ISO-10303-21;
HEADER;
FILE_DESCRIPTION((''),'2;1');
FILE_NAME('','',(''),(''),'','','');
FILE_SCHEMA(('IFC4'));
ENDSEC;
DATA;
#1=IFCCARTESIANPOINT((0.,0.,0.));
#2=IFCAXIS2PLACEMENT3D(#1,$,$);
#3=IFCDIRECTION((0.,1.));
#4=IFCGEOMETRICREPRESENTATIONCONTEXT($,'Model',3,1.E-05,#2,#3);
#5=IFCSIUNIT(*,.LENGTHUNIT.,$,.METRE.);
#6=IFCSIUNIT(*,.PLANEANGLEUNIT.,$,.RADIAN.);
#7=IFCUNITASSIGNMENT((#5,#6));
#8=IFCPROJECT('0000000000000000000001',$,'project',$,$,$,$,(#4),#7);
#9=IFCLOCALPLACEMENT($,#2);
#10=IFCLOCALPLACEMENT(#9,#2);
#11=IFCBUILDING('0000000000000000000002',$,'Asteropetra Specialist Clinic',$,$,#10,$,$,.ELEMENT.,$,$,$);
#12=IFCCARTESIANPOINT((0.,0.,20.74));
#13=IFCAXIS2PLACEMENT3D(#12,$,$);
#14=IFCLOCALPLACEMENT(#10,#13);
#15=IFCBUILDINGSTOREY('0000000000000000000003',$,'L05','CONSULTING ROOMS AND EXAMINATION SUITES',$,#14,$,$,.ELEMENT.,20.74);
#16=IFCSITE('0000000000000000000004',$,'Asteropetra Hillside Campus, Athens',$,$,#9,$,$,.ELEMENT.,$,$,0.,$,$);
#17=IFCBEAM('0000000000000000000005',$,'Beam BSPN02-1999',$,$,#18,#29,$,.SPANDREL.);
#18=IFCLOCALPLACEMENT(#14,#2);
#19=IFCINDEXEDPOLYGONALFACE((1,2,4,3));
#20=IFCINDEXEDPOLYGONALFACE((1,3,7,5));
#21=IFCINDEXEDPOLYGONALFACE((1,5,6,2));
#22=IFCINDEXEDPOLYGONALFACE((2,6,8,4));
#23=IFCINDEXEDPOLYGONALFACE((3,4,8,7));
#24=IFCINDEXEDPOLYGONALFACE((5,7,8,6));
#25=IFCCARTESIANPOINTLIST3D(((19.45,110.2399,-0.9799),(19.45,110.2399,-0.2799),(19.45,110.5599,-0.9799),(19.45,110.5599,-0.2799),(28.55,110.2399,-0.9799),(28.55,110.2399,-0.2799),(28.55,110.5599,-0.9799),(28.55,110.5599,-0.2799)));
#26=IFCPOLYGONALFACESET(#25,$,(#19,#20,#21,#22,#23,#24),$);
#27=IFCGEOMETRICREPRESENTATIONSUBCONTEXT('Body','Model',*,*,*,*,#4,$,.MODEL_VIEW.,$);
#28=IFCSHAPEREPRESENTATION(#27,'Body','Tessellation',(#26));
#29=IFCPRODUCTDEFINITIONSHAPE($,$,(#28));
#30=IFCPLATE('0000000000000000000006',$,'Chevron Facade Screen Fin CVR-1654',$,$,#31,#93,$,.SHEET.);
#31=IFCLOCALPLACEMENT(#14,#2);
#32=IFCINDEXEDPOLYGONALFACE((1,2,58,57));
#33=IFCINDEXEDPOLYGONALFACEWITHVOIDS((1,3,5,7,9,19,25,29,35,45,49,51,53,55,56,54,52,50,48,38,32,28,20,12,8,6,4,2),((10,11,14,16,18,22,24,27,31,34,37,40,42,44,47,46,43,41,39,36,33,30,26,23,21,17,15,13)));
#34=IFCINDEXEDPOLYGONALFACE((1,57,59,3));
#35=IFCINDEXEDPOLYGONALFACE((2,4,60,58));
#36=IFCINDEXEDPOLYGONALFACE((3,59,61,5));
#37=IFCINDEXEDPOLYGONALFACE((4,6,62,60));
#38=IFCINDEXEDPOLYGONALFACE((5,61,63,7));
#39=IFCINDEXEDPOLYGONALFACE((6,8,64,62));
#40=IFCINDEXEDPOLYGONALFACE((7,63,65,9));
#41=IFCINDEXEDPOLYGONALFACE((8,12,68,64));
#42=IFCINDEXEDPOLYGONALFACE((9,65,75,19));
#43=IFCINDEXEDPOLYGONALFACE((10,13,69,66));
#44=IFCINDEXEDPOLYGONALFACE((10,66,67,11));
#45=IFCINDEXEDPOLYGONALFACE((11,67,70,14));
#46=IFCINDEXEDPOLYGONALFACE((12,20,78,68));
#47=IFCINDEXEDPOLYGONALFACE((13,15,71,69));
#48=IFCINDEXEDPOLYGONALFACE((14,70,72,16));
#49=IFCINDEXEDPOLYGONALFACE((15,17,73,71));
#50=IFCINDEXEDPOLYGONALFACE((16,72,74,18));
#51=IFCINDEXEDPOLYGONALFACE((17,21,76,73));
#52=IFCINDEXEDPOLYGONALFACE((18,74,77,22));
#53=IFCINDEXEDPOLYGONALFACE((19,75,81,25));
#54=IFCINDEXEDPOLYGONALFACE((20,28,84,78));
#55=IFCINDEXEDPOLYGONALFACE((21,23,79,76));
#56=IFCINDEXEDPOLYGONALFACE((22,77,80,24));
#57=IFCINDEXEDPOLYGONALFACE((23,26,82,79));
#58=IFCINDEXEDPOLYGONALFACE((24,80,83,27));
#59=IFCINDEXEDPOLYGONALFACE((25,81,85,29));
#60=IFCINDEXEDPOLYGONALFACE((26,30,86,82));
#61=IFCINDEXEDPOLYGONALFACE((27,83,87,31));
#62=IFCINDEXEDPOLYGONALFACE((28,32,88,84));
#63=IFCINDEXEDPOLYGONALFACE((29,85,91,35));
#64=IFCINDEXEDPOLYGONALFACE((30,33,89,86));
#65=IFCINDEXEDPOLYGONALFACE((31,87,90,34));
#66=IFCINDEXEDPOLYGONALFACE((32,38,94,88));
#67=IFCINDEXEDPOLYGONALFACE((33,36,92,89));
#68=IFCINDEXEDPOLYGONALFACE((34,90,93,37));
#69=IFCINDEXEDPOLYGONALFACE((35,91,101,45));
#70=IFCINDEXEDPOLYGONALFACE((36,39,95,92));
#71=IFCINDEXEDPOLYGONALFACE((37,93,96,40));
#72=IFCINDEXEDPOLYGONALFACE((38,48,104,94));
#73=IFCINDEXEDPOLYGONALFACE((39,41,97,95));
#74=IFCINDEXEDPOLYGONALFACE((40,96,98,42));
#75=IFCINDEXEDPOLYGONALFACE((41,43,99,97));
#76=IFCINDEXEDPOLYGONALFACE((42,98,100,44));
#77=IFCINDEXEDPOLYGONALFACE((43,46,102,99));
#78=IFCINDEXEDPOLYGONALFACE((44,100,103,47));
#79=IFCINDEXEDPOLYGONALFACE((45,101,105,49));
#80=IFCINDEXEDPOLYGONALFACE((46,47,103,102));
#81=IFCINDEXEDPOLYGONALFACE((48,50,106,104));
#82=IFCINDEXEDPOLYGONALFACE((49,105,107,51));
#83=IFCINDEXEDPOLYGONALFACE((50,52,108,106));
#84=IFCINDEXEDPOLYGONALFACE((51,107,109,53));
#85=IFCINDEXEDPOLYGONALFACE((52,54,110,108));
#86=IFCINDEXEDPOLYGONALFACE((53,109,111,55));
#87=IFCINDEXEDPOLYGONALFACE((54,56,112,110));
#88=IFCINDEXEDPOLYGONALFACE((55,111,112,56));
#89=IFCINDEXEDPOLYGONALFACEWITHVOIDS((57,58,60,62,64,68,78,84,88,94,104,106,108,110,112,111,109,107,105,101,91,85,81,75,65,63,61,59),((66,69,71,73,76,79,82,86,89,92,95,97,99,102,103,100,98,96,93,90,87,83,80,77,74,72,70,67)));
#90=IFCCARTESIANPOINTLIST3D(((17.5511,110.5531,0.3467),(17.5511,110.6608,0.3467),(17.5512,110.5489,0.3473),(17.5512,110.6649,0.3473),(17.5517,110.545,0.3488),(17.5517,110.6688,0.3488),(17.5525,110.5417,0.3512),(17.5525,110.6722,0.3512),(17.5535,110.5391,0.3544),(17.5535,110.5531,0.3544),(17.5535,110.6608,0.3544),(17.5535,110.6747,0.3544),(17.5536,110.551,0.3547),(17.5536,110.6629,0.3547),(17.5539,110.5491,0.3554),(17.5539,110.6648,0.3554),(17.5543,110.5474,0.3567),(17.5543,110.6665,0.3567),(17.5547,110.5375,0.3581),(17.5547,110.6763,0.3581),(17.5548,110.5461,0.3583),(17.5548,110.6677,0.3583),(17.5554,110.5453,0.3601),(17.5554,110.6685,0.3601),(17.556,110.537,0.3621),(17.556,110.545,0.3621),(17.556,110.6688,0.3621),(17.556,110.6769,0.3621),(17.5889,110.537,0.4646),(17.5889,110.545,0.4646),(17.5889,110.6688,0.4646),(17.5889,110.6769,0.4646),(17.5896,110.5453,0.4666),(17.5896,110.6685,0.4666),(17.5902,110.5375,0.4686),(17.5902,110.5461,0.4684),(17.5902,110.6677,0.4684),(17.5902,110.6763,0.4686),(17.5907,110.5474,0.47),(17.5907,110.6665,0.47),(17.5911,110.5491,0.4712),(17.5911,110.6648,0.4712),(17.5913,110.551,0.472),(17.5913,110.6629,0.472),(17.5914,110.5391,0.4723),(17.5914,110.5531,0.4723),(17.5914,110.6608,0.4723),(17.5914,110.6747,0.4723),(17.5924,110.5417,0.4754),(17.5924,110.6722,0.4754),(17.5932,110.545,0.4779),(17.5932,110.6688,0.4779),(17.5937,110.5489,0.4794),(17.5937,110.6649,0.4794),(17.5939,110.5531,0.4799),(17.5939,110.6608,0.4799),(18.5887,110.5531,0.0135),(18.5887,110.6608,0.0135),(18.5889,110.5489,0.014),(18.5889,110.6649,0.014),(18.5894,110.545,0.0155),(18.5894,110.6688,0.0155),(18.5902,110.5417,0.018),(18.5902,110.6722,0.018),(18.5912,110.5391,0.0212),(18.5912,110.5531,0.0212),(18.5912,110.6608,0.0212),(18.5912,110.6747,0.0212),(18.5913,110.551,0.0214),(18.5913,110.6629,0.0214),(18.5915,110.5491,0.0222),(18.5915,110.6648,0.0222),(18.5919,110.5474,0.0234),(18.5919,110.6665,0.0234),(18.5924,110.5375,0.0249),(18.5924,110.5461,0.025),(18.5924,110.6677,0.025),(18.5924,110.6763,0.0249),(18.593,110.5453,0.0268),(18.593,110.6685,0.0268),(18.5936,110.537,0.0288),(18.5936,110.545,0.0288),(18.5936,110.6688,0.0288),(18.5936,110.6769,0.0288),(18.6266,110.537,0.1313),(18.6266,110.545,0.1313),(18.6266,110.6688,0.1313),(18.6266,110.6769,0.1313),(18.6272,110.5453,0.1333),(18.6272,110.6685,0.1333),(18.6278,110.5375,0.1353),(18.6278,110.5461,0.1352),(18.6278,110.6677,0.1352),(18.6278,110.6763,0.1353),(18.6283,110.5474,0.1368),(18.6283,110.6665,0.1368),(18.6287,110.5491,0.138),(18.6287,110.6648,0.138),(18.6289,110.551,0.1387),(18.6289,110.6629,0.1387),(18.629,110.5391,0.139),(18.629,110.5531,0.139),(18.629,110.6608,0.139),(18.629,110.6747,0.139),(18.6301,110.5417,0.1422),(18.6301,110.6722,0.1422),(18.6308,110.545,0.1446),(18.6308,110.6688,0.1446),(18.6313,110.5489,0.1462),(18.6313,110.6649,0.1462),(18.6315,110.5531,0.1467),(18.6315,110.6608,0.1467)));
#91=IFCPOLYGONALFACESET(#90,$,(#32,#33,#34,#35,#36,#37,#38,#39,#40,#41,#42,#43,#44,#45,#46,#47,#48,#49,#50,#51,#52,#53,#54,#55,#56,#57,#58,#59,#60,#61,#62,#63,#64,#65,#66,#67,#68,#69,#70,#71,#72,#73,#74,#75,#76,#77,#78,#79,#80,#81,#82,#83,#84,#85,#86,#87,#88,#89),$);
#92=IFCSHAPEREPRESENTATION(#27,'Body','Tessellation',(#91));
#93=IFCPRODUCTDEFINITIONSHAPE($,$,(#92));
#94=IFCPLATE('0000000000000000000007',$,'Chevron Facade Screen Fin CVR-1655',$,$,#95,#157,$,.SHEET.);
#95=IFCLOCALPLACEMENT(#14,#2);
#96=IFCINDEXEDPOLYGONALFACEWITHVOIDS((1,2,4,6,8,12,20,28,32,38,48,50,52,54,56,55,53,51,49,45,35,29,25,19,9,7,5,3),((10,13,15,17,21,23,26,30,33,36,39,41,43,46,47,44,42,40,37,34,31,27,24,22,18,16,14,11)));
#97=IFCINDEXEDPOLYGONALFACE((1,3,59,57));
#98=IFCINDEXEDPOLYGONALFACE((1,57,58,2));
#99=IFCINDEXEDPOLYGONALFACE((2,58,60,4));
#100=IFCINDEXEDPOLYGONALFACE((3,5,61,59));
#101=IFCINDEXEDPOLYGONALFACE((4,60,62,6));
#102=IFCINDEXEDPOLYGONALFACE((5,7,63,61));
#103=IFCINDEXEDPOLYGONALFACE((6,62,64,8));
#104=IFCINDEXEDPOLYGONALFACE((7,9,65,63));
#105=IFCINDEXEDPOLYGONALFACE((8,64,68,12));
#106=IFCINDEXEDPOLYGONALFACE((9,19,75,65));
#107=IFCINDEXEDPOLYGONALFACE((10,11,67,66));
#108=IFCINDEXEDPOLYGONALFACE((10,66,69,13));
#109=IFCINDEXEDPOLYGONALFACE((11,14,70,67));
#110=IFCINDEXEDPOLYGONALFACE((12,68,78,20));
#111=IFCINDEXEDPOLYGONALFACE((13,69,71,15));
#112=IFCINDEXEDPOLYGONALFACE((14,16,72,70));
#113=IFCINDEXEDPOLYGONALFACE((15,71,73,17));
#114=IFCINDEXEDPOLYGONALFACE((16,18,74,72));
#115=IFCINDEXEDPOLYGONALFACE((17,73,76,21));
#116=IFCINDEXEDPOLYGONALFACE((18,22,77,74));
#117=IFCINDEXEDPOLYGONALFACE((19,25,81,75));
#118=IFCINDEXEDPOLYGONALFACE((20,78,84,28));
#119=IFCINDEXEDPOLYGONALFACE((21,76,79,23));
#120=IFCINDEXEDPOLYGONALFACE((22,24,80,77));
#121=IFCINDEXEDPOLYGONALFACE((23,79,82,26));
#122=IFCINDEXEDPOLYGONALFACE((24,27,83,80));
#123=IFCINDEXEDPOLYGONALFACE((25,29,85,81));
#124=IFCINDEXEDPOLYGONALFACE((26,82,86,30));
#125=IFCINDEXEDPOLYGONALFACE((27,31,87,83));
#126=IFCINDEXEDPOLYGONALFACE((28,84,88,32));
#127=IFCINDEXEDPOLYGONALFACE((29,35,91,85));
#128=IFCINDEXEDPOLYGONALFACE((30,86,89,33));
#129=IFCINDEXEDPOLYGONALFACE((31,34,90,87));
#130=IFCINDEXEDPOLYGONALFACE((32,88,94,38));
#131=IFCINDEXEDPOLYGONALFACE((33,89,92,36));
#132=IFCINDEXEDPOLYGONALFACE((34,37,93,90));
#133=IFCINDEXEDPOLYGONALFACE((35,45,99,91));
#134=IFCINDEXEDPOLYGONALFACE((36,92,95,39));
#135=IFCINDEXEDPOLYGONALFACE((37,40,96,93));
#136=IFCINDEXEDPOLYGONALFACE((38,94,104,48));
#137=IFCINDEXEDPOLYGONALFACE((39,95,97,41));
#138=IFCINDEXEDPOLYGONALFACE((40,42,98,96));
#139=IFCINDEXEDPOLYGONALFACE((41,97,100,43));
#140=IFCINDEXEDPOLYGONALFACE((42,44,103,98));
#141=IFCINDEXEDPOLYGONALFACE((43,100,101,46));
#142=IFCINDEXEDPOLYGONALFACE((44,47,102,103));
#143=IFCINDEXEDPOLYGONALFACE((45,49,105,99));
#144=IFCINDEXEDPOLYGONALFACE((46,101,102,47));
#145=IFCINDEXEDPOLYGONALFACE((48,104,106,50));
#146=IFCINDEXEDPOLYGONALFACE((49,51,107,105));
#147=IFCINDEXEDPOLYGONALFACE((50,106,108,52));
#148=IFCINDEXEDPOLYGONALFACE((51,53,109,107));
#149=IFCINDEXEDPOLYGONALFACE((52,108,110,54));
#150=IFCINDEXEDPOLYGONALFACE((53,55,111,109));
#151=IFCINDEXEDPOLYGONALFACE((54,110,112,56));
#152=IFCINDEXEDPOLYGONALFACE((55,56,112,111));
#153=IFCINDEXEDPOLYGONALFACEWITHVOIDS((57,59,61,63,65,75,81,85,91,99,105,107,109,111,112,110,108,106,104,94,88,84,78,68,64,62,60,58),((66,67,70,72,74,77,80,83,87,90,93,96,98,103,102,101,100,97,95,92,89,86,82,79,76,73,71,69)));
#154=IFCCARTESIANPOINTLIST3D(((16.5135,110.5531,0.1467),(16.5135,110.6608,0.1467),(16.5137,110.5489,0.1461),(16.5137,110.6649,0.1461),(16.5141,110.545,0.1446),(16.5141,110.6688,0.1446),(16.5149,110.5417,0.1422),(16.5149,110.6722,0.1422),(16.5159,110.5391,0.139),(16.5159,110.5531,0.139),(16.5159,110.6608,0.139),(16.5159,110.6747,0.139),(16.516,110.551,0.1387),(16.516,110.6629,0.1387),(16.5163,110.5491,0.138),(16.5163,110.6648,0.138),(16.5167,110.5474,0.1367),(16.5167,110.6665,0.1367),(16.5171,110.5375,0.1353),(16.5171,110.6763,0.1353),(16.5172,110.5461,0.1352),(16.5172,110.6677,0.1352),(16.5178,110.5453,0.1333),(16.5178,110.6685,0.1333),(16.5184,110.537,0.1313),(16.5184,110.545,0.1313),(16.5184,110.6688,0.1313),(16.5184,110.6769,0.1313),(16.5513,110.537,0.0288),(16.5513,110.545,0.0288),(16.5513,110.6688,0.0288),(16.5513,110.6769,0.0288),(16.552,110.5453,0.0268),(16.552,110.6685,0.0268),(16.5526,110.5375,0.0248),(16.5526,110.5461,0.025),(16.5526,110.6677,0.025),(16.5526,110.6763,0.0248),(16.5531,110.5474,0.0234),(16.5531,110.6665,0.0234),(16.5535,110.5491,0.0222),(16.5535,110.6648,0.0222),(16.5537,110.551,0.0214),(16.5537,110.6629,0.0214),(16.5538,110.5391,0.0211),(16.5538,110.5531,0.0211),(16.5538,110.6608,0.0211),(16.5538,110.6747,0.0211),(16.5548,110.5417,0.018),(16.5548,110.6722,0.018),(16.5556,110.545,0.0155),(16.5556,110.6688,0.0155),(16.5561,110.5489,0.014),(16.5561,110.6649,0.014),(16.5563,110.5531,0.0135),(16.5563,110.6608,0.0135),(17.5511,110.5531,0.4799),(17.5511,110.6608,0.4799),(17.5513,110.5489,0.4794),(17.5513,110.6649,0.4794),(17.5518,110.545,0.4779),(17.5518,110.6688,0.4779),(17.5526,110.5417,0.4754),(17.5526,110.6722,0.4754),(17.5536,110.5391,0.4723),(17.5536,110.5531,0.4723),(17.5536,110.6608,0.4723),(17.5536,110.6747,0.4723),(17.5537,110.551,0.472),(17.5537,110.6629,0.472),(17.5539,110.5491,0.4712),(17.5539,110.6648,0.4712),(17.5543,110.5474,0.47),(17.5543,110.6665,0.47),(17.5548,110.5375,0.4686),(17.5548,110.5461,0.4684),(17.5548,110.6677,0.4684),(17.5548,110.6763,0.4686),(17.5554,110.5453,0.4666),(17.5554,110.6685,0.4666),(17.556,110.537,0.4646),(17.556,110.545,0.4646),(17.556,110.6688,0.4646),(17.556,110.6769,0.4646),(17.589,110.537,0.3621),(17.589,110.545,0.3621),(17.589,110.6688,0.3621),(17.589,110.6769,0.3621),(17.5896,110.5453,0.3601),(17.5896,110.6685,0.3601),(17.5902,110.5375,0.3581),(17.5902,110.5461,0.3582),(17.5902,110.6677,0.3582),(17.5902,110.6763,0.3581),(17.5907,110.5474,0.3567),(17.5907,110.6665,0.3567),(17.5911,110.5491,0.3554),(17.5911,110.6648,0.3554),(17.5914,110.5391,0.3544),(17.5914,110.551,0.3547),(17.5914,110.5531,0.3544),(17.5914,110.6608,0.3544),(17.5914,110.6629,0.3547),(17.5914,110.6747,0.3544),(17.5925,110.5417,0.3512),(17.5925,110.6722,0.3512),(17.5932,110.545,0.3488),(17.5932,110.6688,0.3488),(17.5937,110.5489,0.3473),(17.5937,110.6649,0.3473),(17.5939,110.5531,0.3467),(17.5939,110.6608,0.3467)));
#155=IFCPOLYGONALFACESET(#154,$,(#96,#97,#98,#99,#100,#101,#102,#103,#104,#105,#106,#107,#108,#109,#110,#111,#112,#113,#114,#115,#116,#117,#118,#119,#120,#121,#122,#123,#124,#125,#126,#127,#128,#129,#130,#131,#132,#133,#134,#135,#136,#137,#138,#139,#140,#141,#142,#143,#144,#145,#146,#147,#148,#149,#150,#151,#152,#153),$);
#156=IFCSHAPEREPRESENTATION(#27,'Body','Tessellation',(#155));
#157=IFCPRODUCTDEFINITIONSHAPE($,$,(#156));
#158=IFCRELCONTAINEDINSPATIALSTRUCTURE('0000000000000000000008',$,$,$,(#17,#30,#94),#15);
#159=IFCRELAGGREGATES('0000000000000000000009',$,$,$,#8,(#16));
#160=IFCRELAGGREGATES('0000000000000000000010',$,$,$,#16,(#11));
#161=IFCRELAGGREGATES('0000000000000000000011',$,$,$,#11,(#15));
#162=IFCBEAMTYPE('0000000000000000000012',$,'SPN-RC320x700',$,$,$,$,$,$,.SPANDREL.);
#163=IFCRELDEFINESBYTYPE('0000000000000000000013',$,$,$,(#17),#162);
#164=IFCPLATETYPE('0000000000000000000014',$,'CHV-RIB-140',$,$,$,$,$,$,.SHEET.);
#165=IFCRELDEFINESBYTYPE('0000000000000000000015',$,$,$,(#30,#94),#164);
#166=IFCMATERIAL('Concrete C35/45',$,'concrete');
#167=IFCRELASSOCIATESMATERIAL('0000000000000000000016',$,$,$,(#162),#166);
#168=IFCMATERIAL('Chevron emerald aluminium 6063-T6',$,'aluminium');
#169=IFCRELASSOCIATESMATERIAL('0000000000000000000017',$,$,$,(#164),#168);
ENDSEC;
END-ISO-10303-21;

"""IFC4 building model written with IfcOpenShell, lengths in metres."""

from ifc_helpers import new_model, si_unit, direction, frame, origin, origin_2d, place, context, subcontext, project, spatial, rectangle, hollow_rectangle, extrude, material, material_profile, profile_set, type_object, element, save


model = new_model("IFC4")

# Units and contexts
model_context = context("Model", 3, precision=1e-05, world=origin(), true_north=direction((0.0, 1.0)))
body_context = subcontext(model_context, "Body", "Model", "MODEL_VIEW")
ifc_project = project(units=[si_unit("LENGTHUNIT", "METRE"), si_unit("PLANEANGLEUNIT", "RADIAN")], contexts=[model_context])

# Site, building, storey
site_placement = place(None, origin())
site = spatial("IfcSite", under=ifc_project, at=site_placement, Name="Asteropetra Hillside Campus, Athens", CompositionType="ELEMENT", RefElevation=0.0)
building_placement = place(site_placement, origin())
building = spatial("IfcBuilding", under=site, at=building_placement, Name="Asteropetra Specialist Clinic", CompositionType="ELEMENT")
storey_placement = place(building_placement, frame((0.0, 0.0, 20.74)))
storey = spatial("IfcBuildingStorey", under=building, at=storey_placement, Name="L05", Description="CONSULTING ROOMS AND EXAMINATION SUITES", CompositionType="ELEMENT", Elevation=20.74)

# Beam
ifc_material_1 = material(Name="Concrete C35/45", Category="concrete")
ifc_material_profile_1 = material_profile(ifc_material_1, rectangle(XDim=0.3201, YDim=0.7, at=origin_2d()), Name="RCS 320x700")
ifc_profile_set_1 = profile_set([ifc_material_profile_1], Name="Concrete C35/45")
beam_type = type_object("IfcBeamType", Name="SPN-RC320x700", PredefinedType="SPANDREL", material=ifc_profile_set_1)
beam_placement = place(storey_placement, frame((19.45, 110.3999, -0.6299), z_axis=(1.0, 0.0, 0.0), x_axis=(0.0, 1.0, 0.0)))
element("IfcBeam", 1, at=beam_placement, inside=storey, type_object=beam_type, Name="Beam BSPN02-1999", PredefinedType="SPANDREL", context=body_context, shape_type="SweptSolid", body=[
    extrude(rectangle(XDim=0.3201, YDim=0.7, at=origin_2d()), origin(), (0.0, 0.0, 1.0), 9.1001),
])

# Plates
ifc_material_2 = material(Name="Chevron emerald aluminium 6063-T6", Category="aluminium")
ifc_material_profile_2 = material_profile(ifc_material_2, hollow_rectangle(XDim=0.1399, YDim=0.1399, WallThickness=0.0081, InnerFilletRadius=0.0081, OuterFilletRadius=0.0161, at=origin_2d()), Name="SHS 140x140x8.0")
ifc_profile_set_2 = profile_set([ifc_material_profile_2], Name="Chevron emerald aluminium 6063-T6")
plate_type = type_object("IfcPlateType", Name="CHV-RIB-140", PredefinedType="SHEET", material=ifc_profile_set_2)
for number, where, z_axis, x_axis, name in (
    (2, (18.6101, 110.6069, 0.0801), (-0.952098, 0.0, 0.305792), (0.0, -1.0, 0.0), "Chevron Facade Screen Fin CVR-1654"),
    (3, (17.5725, 110.6069, 0.4133), (-0.952098, 0.0, -0.305792), (0.0, -1.0, 0.0), "Chevron Facade Screen Fin CVR-1655"),
):
    element("IfcPlate", number, at=place(storey_placement, frame(where, z_axis=z_axis, x_axis=x_axis)), inside=storey, type_object=plate_type, Name=name, PredefinedType="SHEET", context=body_context, shape_type="SweptSolid", body=[
        extrude(hollow_rectangle(XDim=0.1399, YDim=0.1399, WallThickness=0.0081, InnerFilletRadius=0.0081, OuterFilletRadius=0.0161, at=origin_2d()), origin(), (0.0, 0.0, 1.0), 1.0898),
    ])

save(model, "model.ifc")
